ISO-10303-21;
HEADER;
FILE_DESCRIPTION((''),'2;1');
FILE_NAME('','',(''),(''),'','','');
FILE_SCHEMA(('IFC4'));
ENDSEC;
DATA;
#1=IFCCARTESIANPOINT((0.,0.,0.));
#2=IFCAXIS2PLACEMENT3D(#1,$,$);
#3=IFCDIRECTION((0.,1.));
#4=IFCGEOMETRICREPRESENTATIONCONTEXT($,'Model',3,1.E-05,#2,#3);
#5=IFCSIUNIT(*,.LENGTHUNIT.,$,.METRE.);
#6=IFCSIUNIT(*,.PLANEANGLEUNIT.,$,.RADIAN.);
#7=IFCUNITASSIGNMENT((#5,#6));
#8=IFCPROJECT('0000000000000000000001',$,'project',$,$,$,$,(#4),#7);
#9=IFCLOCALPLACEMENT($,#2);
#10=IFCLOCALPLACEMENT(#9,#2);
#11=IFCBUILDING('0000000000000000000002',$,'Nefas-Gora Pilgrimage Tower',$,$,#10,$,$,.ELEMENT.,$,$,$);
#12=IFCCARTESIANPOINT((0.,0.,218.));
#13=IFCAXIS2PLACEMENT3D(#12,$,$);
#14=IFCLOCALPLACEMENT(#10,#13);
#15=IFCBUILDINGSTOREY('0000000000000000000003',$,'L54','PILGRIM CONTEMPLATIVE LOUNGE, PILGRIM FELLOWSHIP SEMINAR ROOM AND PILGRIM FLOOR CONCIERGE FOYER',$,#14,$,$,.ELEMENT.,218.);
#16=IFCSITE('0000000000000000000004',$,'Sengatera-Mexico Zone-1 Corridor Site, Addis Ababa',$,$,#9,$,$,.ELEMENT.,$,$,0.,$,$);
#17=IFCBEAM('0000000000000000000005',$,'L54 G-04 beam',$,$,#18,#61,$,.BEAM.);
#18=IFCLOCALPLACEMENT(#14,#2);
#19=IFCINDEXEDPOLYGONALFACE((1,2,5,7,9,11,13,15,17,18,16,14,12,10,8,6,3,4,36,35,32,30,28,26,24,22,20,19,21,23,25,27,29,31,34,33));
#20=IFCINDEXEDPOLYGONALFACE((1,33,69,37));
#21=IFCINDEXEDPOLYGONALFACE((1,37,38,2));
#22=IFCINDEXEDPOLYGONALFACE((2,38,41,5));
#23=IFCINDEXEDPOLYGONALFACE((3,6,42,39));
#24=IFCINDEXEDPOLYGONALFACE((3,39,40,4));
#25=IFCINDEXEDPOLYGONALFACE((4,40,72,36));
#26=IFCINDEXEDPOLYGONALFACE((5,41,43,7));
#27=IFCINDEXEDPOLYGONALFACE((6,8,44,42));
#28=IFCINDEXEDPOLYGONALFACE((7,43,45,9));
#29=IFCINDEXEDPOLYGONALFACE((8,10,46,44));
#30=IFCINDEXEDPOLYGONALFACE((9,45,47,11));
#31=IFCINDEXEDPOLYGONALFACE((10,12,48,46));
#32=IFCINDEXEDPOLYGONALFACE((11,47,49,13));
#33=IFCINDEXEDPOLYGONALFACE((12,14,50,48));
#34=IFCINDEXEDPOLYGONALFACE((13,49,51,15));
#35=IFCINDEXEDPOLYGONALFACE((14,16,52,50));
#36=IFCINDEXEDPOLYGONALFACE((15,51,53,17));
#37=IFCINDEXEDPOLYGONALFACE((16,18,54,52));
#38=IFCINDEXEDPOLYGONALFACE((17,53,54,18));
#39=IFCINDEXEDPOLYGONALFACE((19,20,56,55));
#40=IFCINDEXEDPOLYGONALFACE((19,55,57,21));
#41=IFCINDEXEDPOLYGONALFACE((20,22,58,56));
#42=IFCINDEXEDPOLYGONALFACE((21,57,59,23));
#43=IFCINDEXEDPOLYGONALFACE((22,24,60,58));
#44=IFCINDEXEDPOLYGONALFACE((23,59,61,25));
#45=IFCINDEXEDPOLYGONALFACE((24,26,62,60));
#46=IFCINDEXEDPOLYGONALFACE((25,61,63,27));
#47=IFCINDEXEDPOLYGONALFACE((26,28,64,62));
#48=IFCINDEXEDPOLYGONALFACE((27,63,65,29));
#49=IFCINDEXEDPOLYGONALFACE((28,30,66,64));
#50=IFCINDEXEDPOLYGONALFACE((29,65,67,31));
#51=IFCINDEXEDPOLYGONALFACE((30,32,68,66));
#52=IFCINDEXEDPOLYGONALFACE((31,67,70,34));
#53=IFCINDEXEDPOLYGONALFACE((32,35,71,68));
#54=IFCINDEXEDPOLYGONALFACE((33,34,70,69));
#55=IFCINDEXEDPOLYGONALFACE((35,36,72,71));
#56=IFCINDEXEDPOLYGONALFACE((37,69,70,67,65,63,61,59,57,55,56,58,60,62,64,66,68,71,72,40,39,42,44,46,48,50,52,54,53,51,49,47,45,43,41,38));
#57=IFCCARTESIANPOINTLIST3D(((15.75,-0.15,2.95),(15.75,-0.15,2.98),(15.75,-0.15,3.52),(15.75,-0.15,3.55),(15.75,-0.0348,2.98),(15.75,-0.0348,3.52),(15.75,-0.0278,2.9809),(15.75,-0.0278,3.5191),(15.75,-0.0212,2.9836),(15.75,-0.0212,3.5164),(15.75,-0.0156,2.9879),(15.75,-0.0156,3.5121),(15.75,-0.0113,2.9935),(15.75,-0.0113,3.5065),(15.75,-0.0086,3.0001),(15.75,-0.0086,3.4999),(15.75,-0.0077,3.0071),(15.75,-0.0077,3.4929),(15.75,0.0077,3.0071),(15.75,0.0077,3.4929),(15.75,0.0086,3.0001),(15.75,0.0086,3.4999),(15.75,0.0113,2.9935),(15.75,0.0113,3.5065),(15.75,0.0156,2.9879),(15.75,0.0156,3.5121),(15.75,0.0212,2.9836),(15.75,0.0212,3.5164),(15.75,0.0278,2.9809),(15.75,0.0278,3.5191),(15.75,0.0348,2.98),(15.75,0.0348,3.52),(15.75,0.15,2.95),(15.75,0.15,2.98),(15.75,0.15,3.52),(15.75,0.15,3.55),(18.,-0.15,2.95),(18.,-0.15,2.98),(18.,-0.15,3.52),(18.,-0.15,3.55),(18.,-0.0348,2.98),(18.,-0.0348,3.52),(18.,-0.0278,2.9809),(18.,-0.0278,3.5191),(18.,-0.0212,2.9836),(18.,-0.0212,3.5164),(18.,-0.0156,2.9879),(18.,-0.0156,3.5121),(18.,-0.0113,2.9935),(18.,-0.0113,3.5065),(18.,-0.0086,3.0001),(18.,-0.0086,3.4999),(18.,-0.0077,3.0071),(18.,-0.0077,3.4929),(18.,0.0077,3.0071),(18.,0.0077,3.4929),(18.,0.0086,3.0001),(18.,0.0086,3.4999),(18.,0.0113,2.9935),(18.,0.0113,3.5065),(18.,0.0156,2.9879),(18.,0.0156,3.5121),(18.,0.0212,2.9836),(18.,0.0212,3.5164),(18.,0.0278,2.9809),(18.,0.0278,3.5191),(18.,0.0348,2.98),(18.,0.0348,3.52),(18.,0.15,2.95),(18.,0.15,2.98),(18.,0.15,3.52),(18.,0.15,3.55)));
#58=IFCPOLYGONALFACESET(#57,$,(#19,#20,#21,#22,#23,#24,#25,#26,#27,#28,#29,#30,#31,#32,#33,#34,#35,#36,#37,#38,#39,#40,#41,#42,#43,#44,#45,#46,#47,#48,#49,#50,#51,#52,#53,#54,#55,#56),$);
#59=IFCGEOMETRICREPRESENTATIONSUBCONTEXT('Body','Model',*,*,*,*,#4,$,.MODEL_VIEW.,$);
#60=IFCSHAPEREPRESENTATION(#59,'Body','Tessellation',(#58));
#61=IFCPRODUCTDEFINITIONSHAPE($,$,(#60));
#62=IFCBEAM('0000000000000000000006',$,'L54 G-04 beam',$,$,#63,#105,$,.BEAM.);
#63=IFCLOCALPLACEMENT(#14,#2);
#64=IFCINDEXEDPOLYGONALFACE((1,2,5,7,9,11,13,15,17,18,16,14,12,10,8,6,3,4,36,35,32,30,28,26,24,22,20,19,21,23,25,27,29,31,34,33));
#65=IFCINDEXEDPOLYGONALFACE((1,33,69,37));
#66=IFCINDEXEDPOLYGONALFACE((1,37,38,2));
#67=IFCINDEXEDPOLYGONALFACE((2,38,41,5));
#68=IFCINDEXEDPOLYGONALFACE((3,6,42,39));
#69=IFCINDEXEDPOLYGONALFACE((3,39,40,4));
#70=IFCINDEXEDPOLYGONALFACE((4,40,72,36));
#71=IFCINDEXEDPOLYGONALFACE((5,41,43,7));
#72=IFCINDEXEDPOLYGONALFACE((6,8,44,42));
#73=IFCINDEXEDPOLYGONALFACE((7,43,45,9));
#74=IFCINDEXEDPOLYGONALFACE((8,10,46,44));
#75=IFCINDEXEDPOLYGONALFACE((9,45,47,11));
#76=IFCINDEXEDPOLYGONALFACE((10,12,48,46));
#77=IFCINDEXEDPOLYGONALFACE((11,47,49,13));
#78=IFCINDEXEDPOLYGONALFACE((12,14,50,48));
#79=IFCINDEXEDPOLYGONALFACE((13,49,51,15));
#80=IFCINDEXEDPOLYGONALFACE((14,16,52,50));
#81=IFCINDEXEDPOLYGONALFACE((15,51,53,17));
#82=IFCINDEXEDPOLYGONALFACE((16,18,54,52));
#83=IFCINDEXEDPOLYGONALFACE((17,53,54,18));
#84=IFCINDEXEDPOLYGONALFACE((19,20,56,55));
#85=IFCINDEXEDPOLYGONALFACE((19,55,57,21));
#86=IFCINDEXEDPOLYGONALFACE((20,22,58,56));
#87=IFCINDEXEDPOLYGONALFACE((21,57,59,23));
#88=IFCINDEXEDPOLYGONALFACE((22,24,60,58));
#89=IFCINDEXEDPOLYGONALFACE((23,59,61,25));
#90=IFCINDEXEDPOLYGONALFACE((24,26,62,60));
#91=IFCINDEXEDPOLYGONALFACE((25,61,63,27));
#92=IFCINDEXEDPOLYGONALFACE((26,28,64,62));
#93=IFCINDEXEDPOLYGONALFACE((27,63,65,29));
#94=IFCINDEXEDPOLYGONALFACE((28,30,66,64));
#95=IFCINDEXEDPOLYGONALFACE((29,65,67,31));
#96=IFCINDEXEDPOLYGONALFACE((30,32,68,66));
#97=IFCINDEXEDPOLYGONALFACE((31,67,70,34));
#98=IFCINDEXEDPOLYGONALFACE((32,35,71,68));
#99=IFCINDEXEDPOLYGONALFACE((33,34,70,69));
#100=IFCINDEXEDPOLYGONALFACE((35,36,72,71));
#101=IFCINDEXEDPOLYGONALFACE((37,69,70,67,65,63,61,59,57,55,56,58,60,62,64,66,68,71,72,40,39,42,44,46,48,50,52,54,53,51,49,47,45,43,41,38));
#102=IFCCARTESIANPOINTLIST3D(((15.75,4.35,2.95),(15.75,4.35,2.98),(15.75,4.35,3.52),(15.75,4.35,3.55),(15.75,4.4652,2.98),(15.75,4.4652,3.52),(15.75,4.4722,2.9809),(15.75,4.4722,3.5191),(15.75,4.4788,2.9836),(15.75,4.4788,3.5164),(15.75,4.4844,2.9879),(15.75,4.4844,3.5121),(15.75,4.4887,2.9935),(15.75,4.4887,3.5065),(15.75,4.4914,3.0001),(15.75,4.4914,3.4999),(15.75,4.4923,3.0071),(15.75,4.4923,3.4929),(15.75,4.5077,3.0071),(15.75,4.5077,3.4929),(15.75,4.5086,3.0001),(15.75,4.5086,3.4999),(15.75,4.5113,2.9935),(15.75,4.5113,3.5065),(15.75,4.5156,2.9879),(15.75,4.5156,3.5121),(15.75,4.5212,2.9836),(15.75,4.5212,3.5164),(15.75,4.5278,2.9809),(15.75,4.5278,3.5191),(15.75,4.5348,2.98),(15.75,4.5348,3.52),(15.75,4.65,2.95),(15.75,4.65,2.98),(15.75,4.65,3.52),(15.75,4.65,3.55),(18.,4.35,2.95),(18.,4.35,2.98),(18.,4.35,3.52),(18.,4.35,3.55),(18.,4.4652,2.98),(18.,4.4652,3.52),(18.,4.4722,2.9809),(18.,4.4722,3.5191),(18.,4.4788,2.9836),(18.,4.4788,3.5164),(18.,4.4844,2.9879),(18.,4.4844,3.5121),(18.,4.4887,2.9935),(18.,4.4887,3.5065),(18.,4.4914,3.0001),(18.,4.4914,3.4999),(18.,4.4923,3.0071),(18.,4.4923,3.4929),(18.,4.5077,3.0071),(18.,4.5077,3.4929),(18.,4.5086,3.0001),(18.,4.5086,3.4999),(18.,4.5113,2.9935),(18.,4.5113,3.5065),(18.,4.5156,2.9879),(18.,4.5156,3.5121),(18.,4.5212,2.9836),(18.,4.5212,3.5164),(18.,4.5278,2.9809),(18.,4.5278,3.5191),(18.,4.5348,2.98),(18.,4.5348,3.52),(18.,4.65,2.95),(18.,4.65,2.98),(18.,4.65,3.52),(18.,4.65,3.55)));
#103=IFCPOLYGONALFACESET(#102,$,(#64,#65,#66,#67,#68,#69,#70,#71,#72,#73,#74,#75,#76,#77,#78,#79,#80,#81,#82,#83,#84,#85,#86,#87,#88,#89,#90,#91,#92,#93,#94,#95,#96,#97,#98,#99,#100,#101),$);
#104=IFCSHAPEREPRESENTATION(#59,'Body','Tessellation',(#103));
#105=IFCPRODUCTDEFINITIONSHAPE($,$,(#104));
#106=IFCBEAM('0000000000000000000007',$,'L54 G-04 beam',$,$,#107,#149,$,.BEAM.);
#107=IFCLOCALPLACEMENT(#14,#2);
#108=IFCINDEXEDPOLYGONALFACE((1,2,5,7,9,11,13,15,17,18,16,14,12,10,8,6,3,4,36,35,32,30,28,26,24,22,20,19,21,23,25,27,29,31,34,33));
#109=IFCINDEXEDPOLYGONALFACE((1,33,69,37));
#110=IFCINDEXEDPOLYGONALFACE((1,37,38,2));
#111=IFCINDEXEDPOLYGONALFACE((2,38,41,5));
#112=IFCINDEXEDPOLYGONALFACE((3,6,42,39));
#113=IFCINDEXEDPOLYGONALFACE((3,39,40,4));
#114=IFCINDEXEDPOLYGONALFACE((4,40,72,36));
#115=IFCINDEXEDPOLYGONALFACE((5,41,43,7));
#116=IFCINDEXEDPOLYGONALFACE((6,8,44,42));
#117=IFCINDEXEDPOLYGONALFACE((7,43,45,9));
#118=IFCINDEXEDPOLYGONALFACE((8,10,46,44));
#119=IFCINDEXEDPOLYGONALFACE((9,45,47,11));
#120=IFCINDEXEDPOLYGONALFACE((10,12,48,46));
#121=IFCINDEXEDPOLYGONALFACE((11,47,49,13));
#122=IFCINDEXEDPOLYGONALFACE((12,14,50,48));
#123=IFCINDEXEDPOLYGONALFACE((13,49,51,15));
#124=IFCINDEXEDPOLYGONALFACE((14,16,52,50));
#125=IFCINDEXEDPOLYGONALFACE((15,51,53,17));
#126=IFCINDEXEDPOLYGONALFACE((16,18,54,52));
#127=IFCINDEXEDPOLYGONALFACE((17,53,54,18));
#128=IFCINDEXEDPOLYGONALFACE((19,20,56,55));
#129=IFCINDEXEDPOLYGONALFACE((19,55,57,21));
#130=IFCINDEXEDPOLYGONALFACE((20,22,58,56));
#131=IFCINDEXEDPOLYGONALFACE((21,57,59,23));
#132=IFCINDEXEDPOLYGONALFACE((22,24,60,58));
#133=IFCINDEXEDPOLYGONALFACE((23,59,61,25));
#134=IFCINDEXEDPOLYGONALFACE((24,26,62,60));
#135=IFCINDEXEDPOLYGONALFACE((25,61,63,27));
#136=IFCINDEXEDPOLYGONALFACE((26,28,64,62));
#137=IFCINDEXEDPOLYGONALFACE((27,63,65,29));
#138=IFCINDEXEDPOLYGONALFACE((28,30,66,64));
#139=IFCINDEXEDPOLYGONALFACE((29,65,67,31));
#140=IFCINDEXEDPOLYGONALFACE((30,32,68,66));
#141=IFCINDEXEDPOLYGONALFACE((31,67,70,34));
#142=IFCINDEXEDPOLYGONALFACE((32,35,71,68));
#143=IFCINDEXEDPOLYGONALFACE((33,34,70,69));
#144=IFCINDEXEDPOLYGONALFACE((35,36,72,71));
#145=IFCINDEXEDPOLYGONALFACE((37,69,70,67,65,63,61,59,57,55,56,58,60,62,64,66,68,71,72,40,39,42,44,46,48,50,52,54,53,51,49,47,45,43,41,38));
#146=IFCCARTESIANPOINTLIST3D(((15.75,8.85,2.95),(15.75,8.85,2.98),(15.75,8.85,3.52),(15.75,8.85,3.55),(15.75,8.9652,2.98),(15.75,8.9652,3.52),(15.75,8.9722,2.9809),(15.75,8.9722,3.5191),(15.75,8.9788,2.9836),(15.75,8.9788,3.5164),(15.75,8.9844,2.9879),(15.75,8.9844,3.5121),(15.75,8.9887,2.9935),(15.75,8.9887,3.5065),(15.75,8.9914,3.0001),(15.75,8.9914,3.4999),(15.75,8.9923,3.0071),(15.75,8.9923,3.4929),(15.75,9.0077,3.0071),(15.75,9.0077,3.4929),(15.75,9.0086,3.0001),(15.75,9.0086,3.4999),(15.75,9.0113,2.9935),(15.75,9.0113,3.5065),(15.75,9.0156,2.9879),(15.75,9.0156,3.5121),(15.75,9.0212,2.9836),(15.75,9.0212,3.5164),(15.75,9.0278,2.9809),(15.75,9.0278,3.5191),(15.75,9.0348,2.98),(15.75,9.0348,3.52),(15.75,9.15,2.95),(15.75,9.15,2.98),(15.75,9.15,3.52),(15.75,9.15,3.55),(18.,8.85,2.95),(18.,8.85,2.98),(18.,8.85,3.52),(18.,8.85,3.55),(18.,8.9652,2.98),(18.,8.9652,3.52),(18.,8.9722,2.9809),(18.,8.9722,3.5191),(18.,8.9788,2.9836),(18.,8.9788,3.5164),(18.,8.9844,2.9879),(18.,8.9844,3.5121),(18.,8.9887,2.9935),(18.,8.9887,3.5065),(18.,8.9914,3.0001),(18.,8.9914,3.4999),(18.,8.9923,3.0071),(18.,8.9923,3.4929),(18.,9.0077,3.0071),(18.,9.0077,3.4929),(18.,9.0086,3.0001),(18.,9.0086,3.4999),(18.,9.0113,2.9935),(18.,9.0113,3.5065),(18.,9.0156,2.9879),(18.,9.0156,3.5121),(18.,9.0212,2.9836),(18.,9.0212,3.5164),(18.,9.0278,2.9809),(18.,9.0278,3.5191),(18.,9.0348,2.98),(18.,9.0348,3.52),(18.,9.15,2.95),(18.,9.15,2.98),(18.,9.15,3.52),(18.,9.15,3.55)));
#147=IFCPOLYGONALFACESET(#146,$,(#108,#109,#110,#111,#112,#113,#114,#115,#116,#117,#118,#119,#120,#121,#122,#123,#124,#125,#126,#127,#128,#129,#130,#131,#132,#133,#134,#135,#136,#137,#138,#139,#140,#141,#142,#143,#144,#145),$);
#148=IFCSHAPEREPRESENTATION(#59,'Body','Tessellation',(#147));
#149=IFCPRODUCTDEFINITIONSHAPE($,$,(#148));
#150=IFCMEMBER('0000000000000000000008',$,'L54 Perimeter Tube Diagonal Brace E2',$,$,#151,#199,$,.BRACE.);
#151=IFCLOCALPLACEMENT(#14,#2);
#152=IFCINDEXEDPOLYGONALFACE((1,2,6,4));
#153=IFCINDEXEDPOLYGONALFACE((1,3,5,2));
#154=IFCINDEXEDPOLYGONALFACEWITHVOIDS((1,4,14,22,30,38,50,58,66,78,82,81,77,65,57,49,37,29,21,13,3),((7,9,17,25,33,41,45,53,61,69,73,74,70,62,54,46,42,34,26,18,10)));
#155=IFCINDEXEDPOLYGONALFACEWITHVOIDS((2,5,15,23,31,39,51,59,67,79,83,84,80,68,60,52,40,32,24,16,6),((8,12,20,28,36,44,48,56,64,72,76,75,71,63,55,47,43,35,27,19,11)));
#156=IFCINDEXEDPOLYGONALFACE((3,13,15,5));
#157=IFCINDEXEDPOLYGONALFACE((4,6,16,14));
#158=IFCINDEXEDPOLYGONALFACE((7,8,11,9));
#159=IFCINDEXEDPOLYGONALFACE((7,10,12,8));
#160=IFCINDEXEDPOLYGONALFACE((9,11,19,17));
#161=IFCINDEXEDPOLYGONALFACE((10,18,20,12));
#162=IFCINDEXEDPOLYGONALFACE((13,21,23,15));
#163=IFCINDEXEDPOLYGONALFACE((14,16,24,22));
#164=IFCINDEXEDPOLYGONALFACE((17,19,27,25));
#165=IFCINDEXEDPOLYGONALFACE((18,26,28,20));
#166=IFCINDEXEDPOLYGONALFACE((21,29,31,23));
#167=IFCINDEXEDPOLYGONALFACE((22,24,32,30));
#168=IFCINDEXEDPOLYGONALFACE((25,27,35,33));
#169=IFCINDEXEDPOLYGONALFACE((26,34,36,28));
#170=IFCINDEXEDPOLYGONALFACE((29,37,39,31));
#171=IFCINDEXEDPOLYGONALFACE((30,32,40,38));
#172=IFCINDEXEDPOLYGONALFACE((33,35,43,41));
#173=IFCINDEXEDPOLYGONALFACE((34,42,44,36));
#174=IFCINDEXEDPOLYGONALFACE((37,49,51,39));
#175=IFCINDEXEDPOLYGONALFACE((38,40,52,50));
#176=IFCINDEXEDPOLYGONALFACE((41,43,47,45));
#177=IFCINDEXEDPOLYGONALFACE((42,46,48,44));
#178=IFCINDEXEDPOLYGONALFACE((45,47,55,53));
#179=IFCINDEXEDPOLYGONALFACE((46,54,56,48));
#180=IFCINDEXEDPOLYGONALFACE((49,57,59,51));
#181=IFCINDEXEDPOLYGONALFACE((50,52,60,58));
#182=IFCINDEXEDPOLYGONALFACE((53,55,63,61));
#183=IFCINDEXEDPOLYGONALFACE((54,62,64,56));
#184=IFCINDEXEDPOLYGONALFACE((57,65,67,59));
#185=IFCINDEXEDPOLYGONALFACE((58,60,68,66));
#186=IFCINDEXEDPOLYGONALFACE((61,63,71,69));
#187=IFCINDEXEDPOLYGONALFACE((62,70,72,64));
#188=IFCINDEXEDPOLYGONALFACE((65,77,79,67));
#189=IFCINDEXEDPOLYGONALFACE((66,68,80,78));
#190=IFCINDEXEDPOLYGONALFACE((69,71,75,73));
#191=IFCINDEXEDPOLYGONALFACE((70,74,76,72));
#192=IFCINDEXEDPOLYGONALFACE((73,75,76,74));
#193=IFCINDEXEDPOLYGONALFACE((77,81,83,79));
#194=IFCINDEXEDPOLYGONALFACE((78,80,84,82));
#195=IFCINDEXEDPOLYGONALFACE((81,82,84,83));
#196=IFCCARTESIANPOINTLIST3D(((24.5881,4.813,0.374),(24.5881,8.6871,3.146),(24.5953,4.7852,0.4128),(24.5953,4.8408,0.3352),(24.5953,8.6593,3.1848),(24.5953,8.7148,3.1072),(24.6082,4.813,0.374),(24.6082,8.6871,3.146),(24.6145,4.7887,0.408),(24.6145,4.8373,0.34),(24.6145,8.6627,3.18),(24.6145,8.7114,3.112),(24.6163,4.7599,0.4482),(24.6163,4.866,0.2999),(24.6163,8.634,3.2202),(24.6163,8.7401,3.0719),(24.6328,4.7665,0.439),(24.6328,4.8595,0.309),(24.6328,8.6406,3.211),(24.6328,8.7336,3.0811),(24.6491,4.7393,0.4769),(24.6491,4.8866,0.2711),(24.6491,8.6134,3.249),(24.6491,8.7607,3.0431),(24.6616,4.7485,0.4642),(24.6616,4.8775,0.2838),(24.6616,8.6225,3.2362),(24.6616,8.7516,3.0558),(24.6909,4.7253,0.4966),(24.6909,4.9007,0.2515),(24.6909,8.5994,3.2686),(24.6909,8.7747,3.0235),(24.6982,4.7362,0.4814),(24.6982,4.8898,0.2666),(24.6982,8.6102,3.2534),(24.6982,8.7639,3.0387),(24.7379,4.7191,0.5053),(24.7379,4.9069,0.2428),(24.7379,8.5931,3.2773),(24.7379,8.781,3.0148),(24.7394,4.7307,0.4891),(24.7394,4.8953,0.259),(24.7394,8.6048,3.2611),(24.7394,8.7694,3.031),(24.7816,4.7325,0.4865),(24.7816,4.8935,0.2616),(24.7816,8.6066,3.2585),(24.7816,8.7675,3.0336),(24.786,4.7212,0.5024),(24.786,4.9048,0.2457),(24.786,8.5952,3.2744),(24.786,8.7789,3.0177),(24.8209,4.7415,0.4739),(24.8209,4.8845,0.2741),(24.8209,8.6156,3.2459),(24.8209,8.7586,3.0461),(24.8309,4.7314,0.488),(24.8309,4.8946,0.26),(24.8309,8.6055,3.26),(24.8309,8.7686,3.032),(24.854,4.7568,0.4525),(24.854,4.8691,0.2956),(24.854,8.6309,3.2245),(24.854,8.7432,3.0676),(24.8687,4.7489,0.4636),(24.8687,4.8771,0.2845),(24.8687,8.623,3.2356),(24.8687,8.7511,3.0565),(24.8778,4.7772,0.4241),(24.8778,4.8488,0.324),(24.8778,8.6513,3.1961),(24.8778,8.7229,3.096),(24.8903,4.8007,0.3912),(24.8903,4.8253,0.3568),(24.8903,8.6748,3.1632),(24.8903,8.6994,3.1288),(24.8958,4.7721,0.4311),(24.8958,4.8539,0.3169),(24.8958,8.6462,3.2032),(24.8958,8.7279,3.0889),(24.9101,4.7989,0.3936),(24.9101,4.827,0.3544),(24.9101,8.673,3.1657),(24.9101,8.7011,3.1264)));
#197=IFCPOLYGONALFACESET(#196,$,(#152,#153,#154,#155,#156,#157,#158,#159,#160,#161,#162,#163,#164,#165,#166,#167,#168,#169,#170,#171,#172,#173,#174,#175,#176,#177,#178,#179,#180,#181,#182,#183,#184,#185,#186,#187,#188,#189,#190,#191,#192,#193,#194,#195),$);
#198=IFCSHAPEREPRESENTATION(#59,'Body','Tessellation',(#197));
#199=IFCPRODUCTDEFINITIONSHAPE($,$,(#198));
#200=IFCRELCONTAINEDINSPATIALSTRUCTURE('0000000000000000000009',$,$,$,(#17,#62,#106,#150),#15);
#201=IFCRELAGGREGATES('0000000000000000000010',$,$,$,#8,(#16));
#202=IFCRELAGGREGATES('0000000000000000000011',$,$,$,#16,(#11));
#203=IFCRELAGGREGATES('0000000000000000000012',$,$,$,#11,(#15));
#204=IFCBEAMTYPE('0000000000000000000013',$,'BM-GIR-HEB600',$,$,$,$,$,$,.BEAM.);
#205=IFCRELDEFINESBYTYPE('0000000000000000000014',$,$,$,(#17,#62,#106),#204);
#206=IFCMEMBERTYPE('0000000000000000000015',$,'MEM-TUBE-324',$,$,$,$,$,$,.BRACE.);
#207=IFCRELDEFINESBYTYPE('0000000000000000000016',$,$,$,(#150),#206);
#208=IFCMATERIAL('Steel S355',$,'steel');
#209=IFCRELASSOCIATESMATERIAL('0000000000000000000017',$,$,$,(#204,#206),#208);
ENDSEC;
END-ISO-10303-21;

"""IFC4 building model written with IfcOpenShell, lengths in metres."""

from ifc_helpers import new_model, si_unit, direction, frame, origin, origin_2d, place, context, subcontext, project, spatial, hollow_circle, i_section, extrude, source, transform, mapped, material, material_profile, profile_set, type_object, element, save


model = new_model("IFC4")

# Units and contexts
model_context = context("Model", 3, precision=1e-05, world=origin(), true_north=direction((0.0, 1.0)))
body_context = subcontext(model_context, "Body", "Model", "MODEL_VIEW")
ifc_project = project(units=[si_unit("LENGTHUNIT", "METRE"), si_unit("PLANEANGLEUNIT", "RADIAN")], contexts=[model_context])

# Site, building, storey
site_placement = place(None, origin())
site = spatial("IfcSite", under=ifc_project, at=site_placement, Name="Sengatera-Mexico Zone-1 Corridor Site, Addis Ababa", CompositionType="ELEMENT", RefElevation=0.0)
building_placement = place(site_placement, origin())
building = spatial("IfcBuilding", under=site, at=building_placement, Name="Nefas-Gora Pilgrimage Tower", CompositionType="ELEMENT")
storey_placement = place(building_placement, frame((0.0, 0.0, 218.0)))
storey = spatial("IfcBuildingStorey", under=building, at=storey_placement, Name="L54", Description="PILGRIM CONTEMPLATIVE LOUNGE, PILGRIM FELLOWSHIP SEMINAR ROOM AND PILGRIM FLOOR CONCIERGE FOYER", CompositionType="ELEMENT", Elevation=218.0)

# Beams
ifc_material_1 = material(Name="Steel S355", Category="steel")
ifc_material_profile_1 = material_profile(ifc_material_1, i_section(OverallWidth=0.3, OverallDepth=0.6001, WebThickness=0.0154, FlangeThickness=0.03, FilletRadius=0.0271, at=origin_2d()), Name="HEB 600")
ifc_profile_set_1 = profile_set([ifc_material_profile_1], Name="Steel S355")
beam_type_1 = type_object("IfcBeamType", Name="BM-GIR-HEB600", PredefinedType="BEAM", material=ifc_profile_set_1)
shared_shape_1 = source(origin(), body_context, "Body", "SweptSolid", [
    extrude(i_section(OverallWidth=0.3, OverallDepth=0.6001, WebThickness=0.0154, FlangeThickness=0.03, FilletRadius=0.0271, at=origin_2d()), origin(), (0.0, 0.0, 1.0), 2.25),
])
for number, where, z_axis, x_axis, name in (
    (1, (15.75, 0.0, 3.25), (1.0, 0.0, 0.0), (0.0, 1.0, 0.0), "L54 G-04 beam"),
    (2, (15.75, 4.5, 3.25), (1.0, 0.0, 0.0), (0.0, 1.0, 0.0), "L54 G-04 beam"),
    (3, (15.75, 9.0, 3.25), (1.0, 0.0, 0.0), (0.0, 1.0, 0.0), "L54 G-04 beam"),
):
    element("IfcBeam", number, at=place(storey_placement, frame(where, z_axis=z_axis, x_axis=x_axis)), inside=storey, type_object=beam_type_1, Name=name, PredefinedType="BEAM", context=body_context, shape_type="MappedRepresentation", body=[
        mapped(shared_shape_1, transform((0.0, 0.0, 0.0), x_axis=(1.0, 0.0, 0.0), y_axis=(0.0, 1.0, 0.0), z_axis=(0.0, 0.0, 1.0), scale=1.0)),
    ])

# Member
ifc_material_profile_2 = material_profile(ifc_material_1, hollow_circle(Radius=0.1619, WallThickness=0.02, at=origin_2d()), Name="CHS 323.9x20")
ifc_profile_set_2 = profile_set([ifc_material_profile_2], Name="Steel S355")
member_type_1 = type_object("IfcMemberType", Name="MEM-TUBE-324", PredefinedType="BRACE", material=ifc_profile_set_2)
shared_shape_2 = source(origin(), body_context, "Body", "SweptSolid", [
    extrude(hollow_circle(Radius=0.1619, WallThickness=0.02, at=origin_2d()), origin(), (0.0, 0.0, 1.0), 4.7637),
])
member_1_placement = place(storey_placement, frame((24.75, 4.813, 0.374), z_axis=(0.0, 0.813255, 0.581907), x_axis=(-1.0, 0.0, 0.0)))
element("IfcMember", 4, at=member_1_placement, inside=storey, type_object=member_type_1, Name="L54 Perimeter Tube Diagonal Brace E2", PredefinedType="BRACE", context=body_context, shape_type="MappedRepresentation", body=[
    mapped(shared_shape_2, transform((0.0, 0.0, 0.0), x_axis=(1.0, 0.0, 0.0), y_axis=(0.0, 1.0, 0.0), z_axis=(0.0, 0.0, 1.0), scale=1.0)),
])

save(model, "model.ifc")
